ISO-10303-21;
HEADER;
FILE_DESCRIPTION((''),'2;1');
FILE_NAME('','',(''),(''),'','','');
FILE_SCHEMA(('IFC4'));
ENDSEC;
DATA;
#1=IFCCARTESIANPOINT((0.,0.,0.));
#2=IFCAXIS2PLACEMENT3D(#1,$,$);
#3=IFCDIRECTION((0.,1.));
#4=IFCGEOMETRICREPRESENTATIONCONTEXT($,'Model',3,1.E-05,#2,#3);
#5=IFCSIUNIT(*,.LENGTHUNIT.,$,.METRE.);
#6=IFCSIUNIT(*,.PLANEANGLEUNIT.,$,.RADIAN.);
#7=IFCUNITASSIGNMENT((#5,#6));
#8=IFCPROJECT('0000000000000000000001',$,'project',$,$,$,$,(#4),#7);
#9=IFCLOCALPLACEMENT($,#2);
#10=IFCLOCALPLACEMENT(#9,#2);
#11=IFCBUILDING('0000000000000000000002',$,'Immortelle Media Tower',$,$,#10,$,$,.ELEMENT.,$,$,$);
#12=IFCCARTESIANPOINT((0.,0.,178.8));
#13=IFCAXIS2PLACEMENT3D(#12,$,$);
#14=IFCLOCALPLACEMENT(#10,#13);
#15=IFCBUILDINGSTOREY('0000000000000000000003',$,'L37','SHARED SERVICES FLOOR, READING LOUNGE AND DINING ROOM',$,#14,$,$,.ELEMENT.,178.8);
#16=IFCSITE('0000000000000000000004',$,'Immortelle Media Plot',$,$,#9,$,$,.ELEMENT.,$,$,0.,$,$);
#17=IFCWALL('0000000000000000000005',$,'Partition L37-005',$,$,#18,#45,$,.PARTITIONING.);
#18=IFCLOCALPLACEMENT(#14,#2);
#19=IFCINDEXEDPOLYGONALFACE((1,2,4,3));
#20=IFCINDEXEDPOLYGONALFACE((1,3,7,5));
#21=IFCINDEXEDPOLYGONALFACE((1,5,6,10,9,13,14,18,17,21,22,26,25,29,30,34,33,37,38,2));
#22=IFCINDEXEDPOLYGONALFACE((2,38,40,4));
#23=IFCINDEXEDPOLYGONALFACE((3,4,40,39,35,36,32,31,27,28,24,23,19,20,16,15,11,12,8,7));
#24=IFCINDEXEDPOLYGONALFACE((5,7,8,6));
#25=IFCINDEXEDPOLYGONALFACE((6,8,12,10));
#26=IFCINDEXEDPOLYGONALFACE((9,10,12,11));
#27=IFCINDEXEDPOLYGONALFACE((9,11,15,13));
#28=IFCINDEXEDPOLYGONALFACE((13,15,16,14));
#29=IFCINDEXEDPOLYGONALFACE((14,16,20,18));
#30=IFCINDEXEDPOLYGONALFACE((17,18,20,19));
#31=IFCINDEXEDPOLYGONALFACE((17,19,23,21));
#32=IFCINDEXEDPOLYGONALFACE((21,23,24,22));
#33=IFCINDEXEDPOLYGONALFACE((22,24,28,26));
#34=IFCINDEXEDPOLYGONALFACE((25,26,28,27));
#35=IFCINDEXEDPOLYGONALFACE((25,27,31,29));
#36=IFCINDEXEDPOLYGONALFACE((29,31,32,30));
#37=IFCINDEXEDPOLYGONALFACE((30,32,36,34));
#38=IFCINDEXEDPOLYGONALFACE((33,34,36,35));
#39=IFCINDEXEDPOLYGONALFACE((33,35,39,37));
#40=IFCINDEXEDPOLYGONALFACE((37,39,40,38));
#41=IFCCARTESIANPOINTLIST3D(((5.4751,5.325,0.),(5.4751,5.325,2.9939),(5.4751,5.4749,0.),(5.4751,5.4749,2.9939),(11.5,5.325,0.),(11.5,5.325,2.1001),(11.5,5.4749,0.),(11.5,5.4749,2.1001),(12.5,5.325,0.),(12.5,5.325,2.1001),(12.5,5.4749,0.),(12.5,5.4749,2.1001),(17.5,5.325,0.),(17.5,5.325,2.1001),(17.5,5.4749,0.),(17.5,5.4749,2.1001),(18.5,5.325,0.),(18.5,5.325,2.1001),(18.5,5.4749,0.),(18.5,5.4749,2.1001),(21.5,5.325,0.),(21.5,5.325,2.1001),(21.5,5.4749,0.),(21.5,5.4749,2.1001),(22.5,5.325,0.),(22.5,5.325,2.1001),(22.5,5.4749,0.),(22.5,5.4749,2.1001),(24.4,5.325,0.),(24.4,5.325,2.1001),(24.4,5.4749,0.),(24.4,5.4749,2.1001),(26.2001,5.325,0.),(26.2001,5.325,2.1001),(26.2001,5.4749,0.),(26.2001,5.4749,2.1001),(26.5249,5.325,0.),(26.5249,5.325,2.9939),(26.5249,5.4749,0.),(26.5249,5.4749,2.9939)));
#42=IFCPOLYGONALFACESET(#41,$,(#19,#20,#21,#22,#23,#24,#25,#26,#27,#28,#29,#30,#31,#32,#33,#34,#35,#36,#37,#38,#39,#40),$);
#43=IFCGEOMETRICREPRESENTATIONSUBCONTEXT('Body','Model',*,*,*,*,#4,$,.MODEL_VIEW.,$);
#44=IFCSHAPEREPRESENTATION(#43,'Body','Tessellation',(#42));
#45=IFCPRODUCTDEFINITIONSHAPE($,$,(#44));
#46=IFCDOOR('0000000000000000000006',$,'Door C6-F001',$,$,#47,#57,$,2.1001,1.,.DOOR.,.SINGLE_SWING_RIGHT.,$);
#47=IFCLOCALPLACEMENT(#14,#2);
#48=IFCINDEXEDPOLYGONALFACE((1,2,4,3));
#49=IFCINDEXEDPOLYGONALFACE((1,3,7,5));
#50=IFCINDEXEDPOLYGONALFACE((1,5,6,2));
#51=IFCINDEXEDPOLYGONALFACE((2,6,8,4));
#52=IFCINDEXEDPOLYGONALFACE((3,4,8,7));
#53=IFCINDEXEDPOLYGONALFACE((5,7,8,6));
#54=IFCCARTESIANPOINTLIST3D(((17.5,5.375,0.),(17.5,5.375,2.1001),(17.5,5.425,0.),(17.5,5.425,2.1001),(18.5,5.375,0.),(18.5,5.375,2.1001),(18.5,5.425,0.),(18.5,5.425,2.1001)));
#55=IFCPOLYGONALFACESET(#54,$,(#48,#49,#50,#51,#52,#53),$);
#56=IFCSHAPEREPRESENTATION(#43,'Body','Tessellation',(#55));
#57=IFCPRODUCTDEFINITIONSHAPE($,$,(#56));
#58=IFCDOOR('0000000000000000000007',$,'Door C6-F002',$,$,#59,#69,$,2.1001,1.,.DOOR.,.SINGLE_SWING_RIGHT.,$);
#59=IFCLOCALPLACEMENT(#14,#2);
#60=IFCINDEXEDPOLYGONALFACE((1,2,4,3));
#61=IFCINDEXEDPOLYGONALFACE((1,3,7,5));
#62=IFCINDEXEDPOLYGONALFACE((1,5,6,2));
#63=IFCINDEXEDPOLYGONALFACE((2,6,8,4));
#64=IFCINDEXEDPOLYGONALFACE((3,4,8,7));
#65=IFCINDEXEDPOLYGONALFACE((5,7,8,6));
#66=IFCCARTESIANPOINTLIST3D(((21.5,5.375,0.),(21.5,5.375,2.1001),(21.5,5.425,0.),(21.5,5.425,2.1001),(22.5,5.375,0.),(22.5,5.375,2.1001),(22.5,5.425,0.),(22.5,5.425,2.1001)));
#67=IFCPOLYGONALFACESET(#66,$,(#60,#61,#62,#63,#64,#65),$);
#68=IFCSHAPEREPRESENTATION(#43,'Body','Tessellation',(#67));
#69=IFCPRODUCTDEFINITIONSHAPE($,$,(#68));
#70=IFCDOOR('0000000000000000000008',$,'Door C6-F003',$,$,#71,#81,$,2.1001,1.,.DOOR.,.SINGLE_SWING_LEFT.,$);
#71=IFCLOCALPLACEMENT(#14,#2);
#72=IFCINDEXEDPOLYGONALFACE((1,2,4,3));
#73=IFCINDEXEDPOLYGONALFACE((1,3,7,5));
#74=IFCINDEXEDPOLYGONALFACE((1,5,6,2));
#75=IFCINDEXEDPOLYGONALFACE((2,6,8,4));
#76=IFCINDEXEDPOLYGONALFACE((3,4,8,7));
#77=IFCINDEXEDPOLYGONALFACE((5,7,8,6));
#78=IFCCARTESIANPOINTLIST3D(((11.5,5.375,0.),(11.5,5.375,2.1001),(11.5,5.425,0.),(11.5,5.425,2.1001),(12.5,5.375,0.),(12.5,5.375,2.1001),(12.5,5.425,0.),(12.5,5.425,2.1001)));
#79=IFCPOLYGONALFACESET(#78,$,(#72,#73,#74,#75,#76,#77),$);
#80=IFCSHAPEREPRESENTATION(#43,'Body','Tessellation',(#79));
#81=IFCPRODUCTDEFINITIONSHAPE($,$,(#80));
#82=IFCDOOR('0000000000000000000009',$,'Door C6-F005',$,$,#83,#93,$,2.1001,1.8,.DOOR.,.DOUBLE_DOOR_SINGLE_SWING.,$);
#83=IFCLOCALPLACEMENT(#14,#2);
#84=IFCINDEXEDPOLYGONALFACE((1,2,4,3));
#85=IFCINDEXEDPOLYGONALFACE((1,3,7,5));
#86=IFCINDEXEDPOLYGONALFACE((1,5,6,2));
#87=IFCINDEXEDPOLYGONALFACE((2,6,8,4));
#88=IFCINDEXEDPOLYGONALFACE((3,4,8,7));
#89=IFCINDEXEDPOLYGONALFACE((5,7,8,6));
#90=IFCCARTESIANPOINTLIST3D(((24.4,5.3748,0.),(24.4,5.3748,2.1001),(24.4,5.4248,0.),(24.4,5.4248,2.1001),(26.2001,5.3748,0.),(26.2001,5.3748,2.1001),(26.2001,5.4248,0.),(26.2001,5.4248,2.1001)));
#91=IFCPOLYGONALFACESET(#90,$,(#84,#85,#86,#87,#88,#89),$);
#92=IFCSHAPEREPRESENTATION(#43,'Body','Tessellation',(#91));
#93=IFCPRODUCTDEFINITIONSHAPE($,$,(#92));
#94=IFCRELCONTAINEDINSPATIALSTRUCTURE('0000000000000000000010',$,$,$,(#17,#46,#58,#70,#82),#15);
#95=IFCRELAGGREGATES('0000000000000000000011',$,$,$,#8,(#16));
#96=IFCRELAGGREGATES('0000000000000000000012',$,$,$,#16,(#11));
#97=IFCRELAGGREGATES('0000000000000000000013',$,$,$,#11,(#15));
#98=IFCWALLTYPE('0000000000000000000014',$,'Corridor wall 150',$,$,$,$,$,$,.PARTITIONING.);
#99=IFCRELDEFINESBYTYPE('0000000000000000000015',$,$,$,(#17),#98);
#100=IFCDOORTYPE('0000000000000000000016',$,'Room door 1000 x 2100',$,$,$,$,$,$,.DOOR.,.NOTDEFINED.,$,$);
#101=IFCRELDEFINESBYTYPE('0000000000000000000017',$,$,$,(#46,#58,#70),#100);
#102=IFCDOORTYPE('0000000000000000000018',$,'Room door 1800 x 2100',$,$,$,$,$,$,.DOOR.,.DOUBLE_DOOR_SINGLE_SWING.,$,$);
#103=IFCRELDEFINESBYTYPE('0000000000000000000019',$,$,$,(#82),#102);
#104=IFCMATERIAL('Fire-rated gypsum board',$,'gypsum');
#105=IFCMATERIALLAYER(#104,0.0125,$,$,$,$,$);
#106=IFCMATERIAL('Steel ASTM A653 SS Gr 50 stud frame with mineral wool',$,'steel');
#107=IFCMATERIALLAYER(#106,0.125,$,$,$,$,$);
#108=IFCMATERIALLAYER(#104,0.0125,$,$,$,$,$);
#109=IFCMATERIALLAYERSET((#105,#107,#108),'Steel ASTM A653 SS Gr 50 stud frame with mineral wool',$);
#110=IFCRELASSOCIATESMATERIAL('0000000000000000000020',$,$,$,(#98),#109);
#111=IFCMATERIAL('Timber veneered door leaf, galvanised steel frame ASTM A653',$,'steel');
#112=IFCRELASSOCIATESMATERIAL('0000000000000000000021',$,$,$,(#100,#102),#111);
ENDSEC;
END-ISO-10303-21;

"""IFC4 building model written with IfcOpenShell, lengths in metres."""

from ifc_helpers import new_model, si_unit, direction, frame, frame_2d, origin, place, context, subcontext, project, spatial, rectangle, extrude, material, layer, layer_set, type_object, element, fill, save


model = new_model("IFC4")

# Units and contexts
model_context = context("Model", 3, precision=1e-05, world=origin(), true_north=direction((0.0, 1.0)))
body_context = subcontext(model_context, "Body", "Model", "MODEL_VIEW")
ifc_project = project(units=[si_unit("LENGTHUNIT", "METRE"), si_unit("PLANEANGLEUNIT", "RADIAN")], contexts=[model_context])

# Site, building, storey
site_placement = place(None, origin())
site = spatial("IfcSite", under=ifc_project, at=site_placement, Name="Immortelle Media Plot", CompositionType="ELEMENT", RefElevation=0.0)
building_placement = place(site_placement, origin())
building = spatial("IfcBuilding", under=site, at=building_placement, Name="Immortelle Media Tower", CompositionType="ELEMENT")
storey_placement = place(building_placement, frame((0.0, 0.0, 178.8)))
storey = spatial("IfcBuildingStorey", under=building, at=storey_placement, Name="L37", Description="SHARED SERVICES FLOOR, READING LOUNGE AND DINING ROOM", CompositionType="ELEMENT", Elevation=178.8)

# Wall, openings, doors
ifc_material_1 = material(Name="Fire-rated gypsum board", Category="gypsum")
ifc_layer_1 = layer(ifc_material_1, 0.0125)
ifc_material_2 = material(Name="Steel ASTM A653 SS Gr 50 stud frame with mineral wool", Category="steel")
ifc_layer_2 = layer(ifc_material_2, 0.125)
ifc_layer_3 = layer(ifc_material_1, 0.0125)
ifc_layer_set_1 = layer_set([ifc_layer_1, ifc_layer_2, ifc_layer_3], Name="Steel ASTM A653 SS Gr 50 stud frame with mineral wool")
wall_type_1 = type_object("IfcWallType", Name="Corridor wall 150", PredefinedType="PARTITIONING", material=ifc_layer_set_1)
wall_1_placement = place(storey_placement, frame((5.4751, 5.3999, 0.0), z_axis=(0.0, 0.0, 1.0), x_axis=(1.0, 0.0, 0.0)))
wall_1 = element("IfcWall", 1, at=wall_1_placement, inside=storey, type_object=wall_type_1, Name="Partition L37-005", PredefinedType="PARTITIONING", context=body_context, shape_type="SweptSolid", body=[
    extrude(rectangle(XDim=21.0498, YDim=0.1499, at=frame_2d((10.5249, 0.0))), origin(), (0.0, 0.0, 1.0), 2.9939),
])
opening_1_placement = place(wall_1_placement, frame((13.0249, 0.0, 0.0), z_axis=(0.0, 0.0, 1.0), x_axis=(-1.0, 0.0, 0.0)))
opening_1 = element("IfcOpeningElement", 2, at=opening_1_placement, cuts=wall_1, PredefinedType="OPENING", context=body_context, shape_type="SweptSolid", body=[
    extrude(rectangle(XDim=1.0, YDim=2.1001, at=frame_2d((0.5, 1.05))), frame((0.0, 0.085, 0.0), z_axis=(0.0, -1.0, 0.0), x_axis=(1.0, 0.0, 0.0)), (0.0, 0.0, 1.0), 0.1699),
])
opening_2_placement = place(wall_1_placement, frame((17.0249, 0.0, 0.0), z_axis=(0.0, 0.0, 1.0), x_axis=(-1.0, 0.0, 0.0)))
opening_2 = element("IfcOpeningElement", 3, at=opening_2_placement, cuts=wall_1, PredefinedType="OPENING", context=body_context, shape_type="SweptSolid", body=[
    extrude(rectangle(XDim=1.0, YDim=2.1001, at=frame_2d((0.5, 1.05))), frame((0.0, 0.085, 0.0), z_axis=(0.0, -1.0, 0.0), x_axis=(1.0, 0.0, 0.0)), (0.0, 0.0, 1.0), 0.1699),
])
opening_3_placement = place(wall_1_placement, frame((7.0249, 0.0, 0.0), z_axis=(0.0, 0.0, 1.0), x_axis=(-1.0, 0.0, 0.0)))
opening_3 = element("IfcOpeningElement", 4, at=opening_3_placement, cuts=wall_1, PredefinedType="OPENING", context=body_context, shape_type="SweptSolid", body=[
    extrude(rectangle(XDim=1.0, YDim=2.1001, at=frame_2d((0.5, 1.05))), frame((0.0, 0.085, 0.0), z_axis=(0.0, -1.0, 0.0), x_axis=(1.0, 0.0, 0.0)), (0.0, 0.0, 1.0), 0.1699),
])
opening_4_placement = place(wall_1_placement, frame((18.925, 0.0, 0.0)))
opening_4 = element("IfcOpeningElement", 5, at=opening_4_placement, cuts=wall_1, PredefinedType="OPENING", context=body_context, shape_type="SweptSolid", body=[
    extrude(rectangle(XDim=1.8, YDim=2.1001, at=frame_2d((0.8999, 1.05))), frame((0.0, 0.085, 0.0), z_axis=(0.0, -1.0, 0.0), x_axis=(1.0, 0.0, 0.0)), (0.0, 0.0, 1.0), 0.1699),
])
ifc_material_3 = material(Name="Timber veneered door leaf, galvanised steel frame ASTM A653", Category="steel")
door_type_1 = type_object("IfcDoorType", Name="Room door 1000 x 2100", OperationType="NOTDEFINED", PredefinedType="DOOR", material=ifc_material_3)
door_1_placement = place(opening_1_placement, origin())
door_1 = element("IfcDoor", 6, at=door_1_placement, inside=storey, type_object=door_type_1, Name="Door C6-F001", OperationType="SINGLE_SWING_RIGHT", OverallHeight=2.1001, OverallWidth=1.0, PredefinedType="DOOR", context=body_context, shape_type="SweptSolid", body=[
    extrude(rectangle(XDim=1.0, YDim=2.1001, at=frame_2d((0.5, 1.05))), frame((0.0, 0.0249, 0.0), z_axis=(0.0, -1.0, 0.0), x_axis=(1.0, 0.0, 0.0)), (0.0, 0.0, 1.0), 0.05),
])
fill(opening_1, door_1)
door_2_placement = place(opening_2_placement, origin())
door_2 = element("IfcDoor", 7, at=door_2_placement, inside=storey, type_object=door_type_1, Name="Door C6-F002", OperationType="SINGLE_SWING_RIGHT", OverallHeight=2.1001, OverallWidth=1.0, PredefinedType="DOOR", context=body_context, shape_type="SweptSolid", body=[
    extrude(rectangle(XDim=1.0, YDim=2.1001, at=frame_2d((0.5, 1.05))), frame((0.0, 0.0249, 0.0), z_axis=(0.0, -1.0, 0.0), x_axis=(1.0, 0.0, 0.0)), (0.0, 0.0, 1.0), 0.05),
])
fill(opening_2, door_2)
door_3_placement = place(opening_3_placement, origin())
door_3 = element("IfcDoor", 8, at=door_3_placement, inside=storey, type_object=door_type_1, Name="Door C6-F003", OperationType="SINGLE_SWING_LEFT", OverallHeight=2.1001, OverallWidth=1.0, PredefinedType="DOOR", context=body_context, shape_type="SweptSolid", body=[
    extrude(rectangle(XDim=1.0, YDim=2.1001, at=frame_2d((0.5, 1.05))), frame((0.0, 0.0249, 0.0), z_axis=(0.0, -1.0, 0.0), x_axis=(1.0, 0.0, 0.0)), (0.0, 0.0, 1.0), 0.05),
])
fill(opening_3, door_3)
door_type_2 = type_object("IfcDoorType", Name="Room door 1800 x 2100", OperationType="DOUBLE_DOOR_SINGLE_SWING", PredefinedType="DOOR", material=ifc_material_3)
door_4_placement = place(opening_4_placement, origin())
door_4 = element("IfcDoor", 9, at=door_4_placement, inside=storey, type_object=door_type_2, Name="Door C6-F005", OperationType="DOUBLE_DOOR_SINGLE_SWING", OverallHeight=2.1001, OverallWidth=1.8, PredefinedType="DOOR", context=body_context, shape_type="SweptSolid", body=[
    extrude(rectangle(XDim=1.8, YDim=2.1001, at=frame_2d((0.8999, 1.05))), frame((0.0, 0.0249, 0.0), z_axis=(0.0, -1.0, 0.0), x_axis=(1.0, 0.0, 0.0)), (0.0, 0.0, 1.0), 0.05),
])
fill(opening_4, door_4)

save(model, "model.ifc")
